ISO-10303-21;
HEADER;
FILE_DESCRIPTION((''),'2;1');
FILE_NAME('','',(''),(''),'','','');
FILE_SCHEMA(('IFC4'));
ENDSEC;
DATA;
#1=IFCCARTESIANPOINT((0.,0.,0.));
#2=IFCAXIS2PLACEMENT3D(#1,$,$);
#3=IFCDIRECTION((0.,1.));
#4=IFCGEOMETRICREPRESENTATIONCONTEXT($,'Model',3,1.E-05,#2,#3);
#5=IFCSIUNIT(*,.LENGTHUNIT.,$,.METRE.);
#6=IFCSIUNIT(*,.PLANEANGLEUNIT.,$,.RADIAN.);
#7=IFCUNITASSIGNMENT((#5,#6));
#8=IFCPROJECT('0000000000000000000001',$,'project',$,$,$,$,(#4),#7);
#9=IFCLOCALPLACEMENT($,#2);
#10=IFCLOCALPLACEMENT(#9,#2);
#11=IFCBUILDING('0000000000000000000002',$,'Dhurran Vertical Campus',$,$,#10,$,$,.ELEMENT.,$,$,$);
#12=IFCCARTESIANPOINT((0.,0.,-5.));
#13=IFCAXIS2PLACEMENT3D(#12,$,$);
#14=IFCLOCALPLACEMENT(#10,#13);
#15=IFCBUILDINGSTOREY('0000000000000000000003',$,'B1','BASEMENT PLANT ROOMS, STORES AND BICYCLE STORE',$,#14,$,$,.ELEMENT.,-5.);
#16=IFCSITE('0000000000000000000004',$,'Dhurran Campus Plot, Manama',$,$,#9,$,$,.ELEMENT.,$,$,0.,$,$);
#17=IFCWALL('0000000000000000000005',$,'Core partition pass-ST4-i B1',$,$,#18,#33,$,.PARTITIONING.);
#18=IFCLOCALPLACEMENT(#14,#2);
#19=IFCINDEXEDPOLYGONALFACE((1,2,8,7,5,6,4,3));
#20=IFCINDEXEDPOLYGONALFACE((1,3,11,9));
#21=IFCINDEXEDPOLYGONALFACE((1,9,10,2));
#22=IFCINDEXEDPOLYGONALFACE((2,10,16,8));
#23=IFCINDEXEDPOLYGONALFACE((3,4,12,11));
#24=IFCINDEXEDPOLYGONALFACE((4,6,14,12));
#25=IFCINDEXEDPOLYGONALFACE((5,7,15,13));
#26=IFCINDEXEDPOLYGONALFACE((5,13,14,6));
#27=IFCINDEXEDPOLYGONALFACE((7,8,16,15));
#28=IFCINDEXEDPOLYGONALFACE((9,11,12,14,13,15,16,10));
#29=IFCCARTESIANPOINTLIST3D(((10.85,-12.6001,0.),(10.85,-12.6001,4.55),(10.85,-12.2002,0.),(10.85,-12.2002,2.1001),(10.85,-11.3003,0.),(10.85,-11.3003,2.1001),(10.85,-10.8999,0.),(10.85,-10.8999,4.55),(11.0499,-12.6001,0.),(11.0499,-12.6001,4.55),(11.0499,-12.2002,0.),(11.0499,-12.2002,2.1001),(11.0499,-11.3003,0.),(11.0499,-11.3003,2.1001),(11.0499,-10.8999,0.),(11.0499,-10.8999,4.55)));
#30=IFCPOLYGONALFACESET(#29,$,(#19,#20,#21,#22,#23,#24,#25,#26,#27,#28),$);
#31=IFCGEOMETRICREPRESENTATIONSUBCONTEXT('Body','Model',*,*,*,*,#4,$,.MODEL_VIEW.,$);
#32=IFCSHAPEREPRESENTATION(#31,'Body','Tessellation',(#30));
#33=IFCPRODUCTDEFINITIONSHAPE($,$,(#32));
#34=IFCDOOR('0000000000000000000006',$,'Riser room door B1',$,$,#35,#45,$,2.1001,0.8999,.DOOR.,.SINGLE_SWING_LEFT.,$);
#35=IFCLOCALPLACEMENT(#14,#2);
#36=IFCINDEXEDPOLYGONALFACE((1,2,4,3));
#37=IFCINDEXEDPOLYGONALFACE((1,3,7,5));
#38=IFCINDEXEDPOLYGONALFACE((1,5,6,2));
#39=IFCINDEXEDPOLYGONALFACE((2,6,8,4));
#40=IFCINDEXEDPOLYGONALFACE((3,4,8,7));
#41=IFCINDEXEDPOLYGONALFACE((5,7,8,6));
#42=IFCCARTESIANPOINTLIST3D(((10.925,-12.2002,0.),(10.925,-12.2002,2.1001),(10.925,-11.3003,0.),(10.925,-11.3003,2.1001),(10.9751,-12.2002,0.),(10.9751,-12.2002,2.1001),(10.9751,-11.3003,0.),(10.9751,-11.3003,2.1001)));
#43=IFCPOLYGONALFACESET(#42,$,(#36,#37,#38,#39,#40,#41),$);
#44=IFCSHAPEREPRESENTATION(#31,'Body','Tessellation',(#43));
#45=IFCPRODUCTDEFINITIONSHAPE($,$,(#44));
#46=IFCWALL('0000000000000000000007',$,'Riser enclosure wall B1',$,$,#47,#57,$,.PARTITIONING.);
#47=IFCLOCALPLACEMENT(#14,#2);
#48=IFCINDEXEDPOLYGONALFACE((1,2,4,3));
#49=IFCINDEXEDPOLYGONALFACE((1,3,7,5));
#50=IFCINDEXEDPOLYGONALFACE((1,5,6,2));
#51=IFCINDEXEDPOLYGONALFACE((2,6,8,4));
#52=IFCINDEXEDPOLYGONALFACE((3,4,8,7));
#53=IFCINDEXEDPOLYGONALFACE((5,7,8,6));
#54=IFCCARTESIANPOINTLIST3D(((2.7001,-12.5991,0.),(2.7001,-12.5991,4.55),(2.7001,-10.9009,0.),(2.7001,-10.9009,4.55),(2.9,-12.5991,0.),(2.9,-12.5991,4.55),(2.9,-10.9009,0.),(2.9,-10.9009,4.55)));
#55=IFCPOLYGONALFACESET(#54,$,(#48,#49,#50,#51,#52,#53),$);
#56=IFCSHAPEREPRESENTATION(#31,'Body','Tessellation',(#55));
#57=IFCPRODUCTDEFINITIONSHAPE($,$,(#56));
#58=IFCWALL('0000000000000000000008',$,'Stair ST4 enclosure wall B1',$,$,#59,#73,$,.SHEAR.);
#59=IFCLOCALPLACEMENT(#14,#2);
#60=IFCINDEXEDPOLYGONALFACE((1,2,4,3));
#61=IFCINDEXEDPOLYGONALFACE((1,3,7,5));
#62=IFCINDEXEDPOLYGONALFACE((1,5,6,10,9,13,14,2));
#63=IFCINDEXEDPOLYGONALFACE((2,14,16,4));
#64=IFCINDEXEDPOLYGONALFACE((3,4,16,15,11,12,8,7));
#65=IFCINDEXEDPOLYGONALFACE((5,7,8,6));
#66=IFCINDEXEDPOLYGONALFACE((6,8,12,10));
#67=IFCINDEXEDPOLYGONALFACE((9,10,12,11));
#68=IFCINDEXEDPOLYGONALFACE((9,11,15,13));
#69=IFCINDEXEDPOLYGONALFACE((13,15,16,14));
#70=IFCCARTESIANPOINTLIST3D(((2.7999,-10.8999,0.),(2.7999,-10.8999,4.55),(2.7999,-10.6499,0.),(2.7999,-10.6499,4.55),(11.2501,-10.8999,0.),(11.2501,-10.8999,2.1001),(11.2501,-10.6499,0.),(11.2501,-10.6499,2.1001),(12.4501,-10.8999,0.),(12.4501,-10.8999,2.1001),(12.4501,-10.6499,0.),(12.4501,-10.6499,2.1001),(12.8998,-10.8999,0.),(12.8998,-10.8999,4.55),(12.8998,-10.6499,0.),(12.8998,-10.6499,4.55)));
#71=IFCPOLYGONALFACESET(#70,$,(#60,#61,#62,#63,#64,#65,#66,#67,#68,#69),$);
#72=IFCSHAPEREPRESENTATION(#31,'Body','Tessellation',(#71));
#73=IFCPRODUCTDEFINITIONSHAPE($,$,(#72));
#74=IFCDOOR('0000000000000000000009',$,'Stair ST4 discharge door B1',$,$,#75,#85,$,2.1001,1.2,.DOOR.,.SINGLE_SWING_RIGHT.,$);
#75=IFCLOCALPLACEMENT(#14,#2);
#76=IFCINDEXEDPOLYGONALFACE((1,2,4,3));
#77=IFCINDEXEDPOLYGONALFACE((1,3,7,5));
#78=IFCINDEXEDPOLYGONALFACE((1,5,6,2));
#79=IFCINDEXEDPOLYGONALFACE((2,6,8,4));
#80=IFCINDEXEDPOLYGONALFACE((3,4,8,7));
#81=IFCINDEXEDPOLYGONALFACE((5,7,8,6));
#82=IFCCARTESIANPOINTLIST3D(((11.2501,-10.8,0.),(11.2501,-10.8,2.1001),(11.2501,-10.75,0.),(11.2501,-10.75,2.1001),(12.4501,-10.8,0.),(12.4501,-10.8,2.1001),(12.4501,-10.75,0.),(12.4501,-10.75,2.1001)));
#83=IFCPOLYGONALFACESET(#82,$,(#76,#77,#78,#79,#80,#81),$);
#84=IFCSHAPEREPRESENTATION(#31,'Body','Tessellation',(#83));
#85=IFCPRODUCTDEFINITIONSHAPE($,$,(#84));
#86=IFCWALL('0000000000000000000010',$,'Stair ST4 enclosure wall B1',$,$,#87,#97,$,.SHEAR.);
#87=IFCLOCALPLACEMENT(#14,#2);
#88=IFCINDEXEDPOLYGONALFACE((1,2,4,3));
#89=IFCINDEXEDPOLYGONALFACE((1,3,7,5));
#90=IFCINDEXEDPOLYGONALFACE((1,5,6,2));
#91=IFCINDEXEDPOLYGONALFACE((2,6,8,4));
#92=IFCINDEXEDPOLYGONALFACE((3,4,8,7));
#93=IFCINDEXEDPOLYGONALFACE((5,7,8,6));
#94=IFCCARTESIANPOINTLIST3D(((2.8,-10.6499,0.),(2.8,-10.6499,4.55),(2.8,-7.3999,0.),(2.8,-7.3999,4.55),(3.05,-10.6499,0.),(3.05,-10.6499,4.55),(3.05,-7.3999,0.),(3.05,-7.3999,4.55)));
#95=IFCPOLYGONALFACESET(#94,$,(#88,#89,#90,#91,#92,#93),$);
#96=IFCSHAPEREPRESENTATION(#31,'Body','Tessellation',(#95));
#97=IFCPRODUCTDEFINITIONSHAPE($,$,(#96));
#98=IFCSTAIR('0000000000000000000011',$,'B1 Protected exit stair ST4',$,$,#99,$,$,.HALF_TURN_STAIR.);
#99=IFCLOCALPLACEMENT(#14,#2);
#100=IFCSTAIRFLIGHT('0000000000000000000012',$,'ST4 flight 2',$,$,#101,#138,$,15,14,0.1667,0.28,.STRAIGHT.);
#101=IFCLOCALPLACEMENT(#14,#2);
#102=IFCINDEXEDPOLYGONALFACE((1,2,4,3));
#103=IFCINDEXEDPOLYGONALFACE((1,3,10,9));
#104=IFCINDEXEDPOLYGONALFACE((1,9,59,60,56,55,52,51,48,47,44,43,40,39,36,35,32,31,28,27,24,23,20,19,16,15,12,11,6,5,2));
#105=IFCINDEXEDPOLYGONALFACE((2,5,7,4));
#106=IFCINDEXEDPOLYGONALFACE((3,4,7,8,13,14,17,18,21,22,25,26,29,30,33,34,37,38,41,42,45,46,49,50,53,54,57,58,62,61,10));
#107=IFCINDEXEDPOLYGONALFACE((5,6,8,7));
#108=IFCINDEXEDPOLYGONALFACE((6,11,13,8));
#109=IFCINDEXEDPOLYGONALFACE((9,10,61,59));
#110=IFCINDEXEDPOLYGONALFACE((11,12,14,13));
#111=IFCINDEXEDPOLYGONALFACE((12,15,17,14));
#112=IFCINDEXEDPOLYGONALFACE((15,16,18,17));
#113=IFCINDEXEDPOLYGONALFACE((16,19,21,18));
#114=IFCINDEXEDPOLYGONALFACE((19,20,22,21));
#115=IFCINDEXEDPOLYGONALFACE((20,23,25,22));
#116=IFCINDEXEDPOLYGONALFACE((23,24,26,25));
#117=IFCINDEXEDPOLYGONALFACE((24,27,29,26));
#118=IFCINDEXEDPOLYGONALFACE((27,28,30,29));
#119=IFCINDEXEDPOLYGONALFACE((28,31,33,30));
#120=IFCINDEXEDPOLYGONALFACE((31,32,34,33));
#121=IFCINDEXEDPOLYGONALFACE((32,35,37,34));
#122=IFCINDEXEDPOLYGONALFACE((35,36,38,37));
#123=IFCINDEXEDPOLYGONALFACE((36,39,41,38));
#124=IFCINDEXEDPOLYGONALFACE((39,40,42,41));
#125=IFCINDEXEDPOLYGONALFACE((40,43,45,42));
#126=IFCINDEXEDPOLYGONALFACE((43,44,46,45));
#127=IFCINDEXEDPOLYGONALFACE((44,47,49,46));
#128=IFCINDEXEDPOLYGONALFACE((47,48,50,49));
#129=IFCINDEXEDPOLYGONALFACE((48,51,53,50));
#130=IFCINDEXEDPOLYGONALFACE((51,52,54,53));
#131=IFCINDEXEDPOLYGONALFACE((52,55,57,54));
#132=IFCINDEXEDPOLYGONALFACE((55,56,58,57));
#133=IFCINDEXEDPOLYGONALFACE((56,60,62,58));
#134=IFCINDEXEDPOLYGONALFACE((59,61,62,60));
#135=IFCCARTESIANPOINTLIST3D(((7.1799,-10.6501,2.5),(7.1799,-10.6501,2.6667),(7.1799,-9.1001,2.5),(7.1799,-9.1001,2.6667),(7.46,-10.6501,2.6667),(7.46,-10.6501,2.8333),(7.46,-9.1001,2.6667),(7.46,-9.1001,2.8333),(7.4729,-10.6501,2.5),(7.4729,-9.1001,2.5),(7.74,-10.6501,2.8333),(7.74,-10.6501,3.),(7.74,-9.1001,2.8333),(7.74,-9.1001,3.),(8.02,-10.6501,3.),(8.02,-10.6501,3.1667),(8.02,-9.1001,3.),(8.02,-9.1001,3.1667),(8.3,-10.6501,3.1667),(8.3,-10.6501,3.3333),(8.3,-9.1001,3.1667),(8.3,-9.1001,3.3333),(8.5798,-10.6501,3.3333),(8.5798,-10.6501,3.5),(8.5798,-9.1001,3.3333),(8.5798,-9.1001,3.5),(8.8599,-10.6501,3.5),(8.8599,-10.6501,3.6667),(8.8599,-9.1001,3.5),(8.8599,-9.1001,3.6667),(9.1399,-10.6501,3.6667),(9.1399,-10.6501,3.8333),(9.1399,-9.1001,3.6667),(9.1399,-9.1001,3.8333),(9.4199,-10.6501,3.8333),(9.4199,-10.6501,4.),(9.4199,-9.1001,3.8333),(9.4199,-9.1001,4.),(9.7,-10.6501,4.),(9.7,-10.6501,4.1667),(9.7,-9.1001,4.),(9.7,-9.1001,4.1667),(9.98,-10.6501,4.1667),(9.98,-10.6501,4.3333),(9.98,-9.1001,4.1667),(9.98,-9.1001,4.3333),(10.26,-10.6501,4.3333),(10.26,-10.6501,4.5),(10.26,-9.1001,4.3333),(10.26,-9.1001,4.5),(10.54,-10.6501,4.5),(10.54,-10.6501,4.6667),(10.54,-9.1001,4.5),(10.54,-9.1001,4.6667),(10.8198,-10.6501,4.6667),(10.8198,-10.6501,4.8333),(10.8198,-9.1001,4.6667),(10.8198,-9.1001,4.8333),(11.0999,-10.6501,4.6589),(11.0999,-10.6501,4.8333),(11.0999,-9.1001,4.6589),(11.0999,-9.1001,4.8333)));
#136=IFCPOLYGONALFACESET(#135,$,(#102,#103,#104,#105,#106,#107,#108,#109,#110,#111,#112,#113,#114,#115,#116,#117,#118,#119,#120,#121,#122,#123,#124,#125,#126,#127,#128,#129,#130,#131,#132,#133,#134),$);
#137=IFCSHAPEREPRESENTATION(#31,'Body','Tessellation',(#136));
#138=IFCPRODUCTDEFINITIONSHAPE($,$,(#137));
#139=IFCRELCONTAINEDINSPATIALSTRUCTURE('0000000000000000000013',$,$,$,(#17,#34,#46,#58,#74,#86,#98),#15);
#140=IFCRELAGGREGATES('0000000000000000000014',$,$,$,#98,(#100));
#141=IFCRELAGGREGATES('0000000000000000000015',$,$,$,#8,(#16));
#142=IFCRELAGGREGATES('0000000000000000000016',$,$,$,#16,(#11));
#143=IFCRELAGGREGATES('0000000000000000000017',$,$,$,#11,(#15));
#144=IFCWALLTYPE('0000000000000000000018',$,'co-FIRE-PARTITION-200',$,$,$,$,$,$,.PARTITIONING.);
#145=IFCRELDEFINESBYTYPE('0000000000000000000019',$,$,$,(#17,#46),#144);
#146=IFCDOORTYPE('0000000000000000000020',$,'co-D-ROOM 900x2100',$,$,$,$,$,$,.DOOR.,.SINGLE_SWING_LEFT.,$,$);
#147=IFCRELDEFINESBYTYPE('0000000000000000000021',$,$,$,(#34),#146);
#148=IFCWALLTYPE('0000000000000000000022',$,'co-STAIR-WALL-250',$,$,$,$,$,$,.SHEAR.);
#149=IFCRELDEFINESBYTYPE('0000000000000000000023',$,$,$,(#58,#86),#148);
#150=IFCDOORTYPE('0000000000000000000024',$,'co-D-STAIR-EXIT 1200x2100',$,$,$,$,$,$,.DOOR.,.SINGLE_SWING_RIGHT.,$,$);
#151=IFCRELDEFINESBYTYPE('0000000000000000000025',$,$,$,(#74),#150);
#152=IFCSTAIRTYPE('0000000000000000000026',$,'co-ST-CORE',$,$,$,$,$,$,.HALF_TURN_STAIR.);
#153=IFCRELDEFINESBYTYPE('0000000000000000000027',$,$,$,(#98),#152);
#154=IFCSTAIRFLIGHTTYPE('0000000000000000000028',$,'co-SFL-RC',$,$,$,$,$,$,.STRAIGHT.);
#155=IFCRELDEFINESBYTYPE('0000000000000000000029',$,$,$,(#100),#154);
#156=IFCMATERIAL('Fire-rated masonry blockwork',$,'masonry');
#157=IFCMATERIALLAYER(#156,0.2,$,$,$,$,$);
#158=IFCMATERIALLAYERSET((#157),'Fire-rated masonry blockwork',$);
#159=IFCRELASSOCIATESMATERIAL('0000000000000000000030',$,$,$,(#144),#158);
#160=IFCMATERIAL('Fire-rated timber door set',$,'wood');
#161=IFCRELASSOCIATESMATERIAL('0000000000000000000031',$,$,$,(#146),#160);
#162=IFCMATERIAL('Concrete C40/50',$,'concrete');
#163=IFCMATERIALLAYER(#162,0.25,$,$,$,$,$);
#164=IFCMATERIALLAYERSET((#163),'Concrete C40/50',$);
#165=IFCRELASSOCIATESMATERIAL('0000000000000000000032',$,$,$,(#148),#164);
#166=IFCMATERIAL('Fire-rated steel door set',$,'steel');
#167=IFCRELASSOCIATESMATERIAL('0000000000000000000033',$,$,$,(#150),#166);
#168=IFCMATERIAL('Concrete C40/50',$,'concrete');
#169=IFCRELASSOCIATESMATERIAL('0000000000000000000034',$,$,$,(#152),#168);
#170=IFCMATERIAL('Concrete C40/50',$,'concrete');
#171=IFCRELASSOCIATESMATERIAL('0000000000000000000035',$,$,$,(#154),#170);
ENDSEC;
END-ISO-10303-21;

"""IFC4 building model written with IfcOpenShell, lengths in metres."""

from ifc_helpers import new_model, si_unit, direction, frame, frame_2d, origin, place, context, subcontext, project, spatial, polyline, rectangle, outline, extrude, material, layer, layer_set, type_object, element, fill, aggregate, save


model = new_model("IFC4")

# Units and contexts
model_context = context("Model", 3, precision=1e-05, world=origin(), true_north=direction((0.0, 1.0)))
body_context = subcontext(model_context, "Body", "Model", "MODEL_VIEW")
ifc_project = project(units=[si_unit("LENGTHUNIT", "METRE"), si_unit("PLANEANGLEUNIT", "RADIAN")], contexts=[model_context])

# Site, building, storey
site_placement = place(None, origin())
site = spatial("IfcSite", under=ifc_project, at=site_placement, Name="Dhurran Campus Plot, Manama", CompositionType="ELEMENT", RefElevation=0.0)
building_placement = place(site_placement, origin())
building = spatial("IfcBuilding", under=site, at=building_placement, Name="Dhurran Vertical Campus", CompositionType="ELEMENT")
storey_placement = place(building_placement, frame((0.0, 0.0, -5.0)))
storey = spatial("IfcBuildingStorey", under=building, at=storey_placement, Name="B1", Description="BASEMENT PLANT ROOMS, STORES AND BICYCLE STORE", CompositionType="ELEMENT", Elevation=-5.0)

# Shared definitions
ifc_material_1 = material(Name="Fire-rated masonry blockwork", Category="masonry")
ifc_layer_1 = layer(ifc_material_1, 0.2)
ifc_layer_set_1 = layer_set([ifc_layer_1], Name="Fire-rated masonry blockwork")
wall_type_1 = type_object("IfcWallType", Name="co-FIRE-PARTITION-200", PredefinedType="PARTITIONING", material=ifc_layer_set_1)

# Shared definitions
ifc_material_2 = material(Name="Fire-rated timber door set", Category="wood")
door_type_1 = type_object("IfcDoorType", Name="co-D-ROOM 900x2100", OperationType="SINGLE_SWING_LEFT", PredefinedType="DOOR", material=ifc_material_2)

# Wall, opening, door
wall_1_placement = place(storey_placement, frame((10.95, -12.6001, 0.0), z_axis=(0.0, 0.0, 1.0), x_axis=(0.0, 1.0, 0.0)))
wall_1 = element("IfcWall", 1, at=wall_1_placement, inside=storey, type_object=wall_type_1, Name="Core partition pass-ST4-i B1", PredefinedType="PARTITIONING", context=body_context, shape_type="SweptSolid", body=[
    extrude(rectangle(XDim=1.7002, YDim=0.2, at=frame_2d((0.8501, 0.0))), origin(), (0.0, 0.0, 1.0), 4.55),
])
opening_1_placement = place(wall_1_placement, frame((0.3999, 0.0, 0.0)))
opening_1 = element("IfcOpeningElement", 2, at=opening_1_placement, cuts=wall_1, PredefinedType="OPENING", context=body_context, shape_type="SweptSolid", body=[
    extrude(rectangle(XDim=0.8999, YDim=2.1001, at=frame_2d((0.45, 1.05))), frame((0.0, 0.1099, 0.0), z_axis=(0.0, -1.0, 0.0), x_axis=(1.0, 0.0, 0.0)), (0.0, 0.0, 1.0), 0.22),
])
door_1_placement = place(opening_1_placement, origin())
door_1 = element("IfcDoor", 3, at=door_1_placement, inside=storey, type_object=door_type_1, Name="Riser room door B1", OperationType="SINGLE_SWING_LEFT", OverallHeight=2.1001, OverallWidth=0.8999, PredefinedType="DOOR", context=body_context, shape_type="SweptSolid", body=[
    extrude(rectangle(XDim=0.8999, YDim=2.1001, at=frame_2d((0.45, 1.05))), frame((0.0, 0.0249, 0.0), z_axis=(0.0, -1.0, 0.0), x_axis=(1.0, 0.0, 0.0)), (0.0, 0.0, 1.0), 0.05),
])
fill(opening_1, door_1)

# Wall
wall_2_placement = place(storey_placement, frame((2.8, -12.5991, 0.0), z_axis=(0.0, 0.0, 1.0), x_axis=(0.0, 1.0, 0.0)))
element("IfcWall", 4, at=wall_2_placement, inside=storey, type_object=wall_type_1, Name="Riser enclosure wall B1", PredefinedType="PARTITIONING", context=body_context, shape_type="SweptSolid", body=[
    extrude(rectangle(XDim=1.6982, YDim=0.2, at=frame_2d((0.8491, 0.0))), origin(), (0.0, 0.0, 1.0), 4.55),
])

# Wall, opening, door
ifc_material_3 = material(Name="Concrete C40/50", Category="concrete")
ifc_layer_2 = layer(ifc_material_3, 0.25)
ifc_layer_set_2 = layer_set([ifc_layer_2], Name="Concrete C40/50")
wall_type_2 = type_object("IfcWallType", Name="co-STAIR-WALL-250", PredefinedType="SHEAR", material=ifc_layer_set_2)
wall_3_placement = place(storey_placement, frame((2.8, -10.7749, 0.0), z_axis=(0.0, 0.0, 1.0), x_axis=(1.0, 0.0, 0.0)))
wall_3 = element("IfcWall", 5, at=wall_3_placement, inside=storey, type_object=wall_type_2, Name="Stair ST4 enclosure wall B1", PredefinedType="SHEAR", context=body_context, shape_type="SweptSolid", body=[
    extrude(rectangle(XDim=10.0999, YDim=0.25, at=frame_2d((5.0498, 0.0))), origin(), (0.0, 0.0, 1.0), 4.55),
])
opening_2_placement = place(wall_3_placement, frame((8.45, 0.0, 0.0)))
opening_2 = element("IfcOpeningElement", 6, at=opening_2_placement, cuts=wall_3, PredefinedType="OPENING", context=body_context, shape_type="SweptSolid", body=[
    extrude(rectangle(XDim=1.2, YDim=2.1001, at=frame_2d((0.6001, 1.05))), frame((0.0, 0.135, 0.0), z_axis=(0.0, -1.0, 0.0), x_axis=(1.0, 0.0, 0.0)), (0.0, 0.0, 1.0), 0.27),
])
ifc_material_4 = material(Name="Fire-rated steel door set", Category="steel")
door_type_2 = type_object("IfcDoorType", Name="co-D-STAIR-EXIT 1200x2100", OperationType="SINGLE_SWING_RIGHT", PredefinedType="DOOR", material=ifc_material_4)
door_2_placement = place(opening_2_placement, origin())
door_2 = element("IfcDoor", 7, at=door_2_placement, inside=storey, type_object=door_type_2, Name="Stair ST4 discharge door B1", OperationType="SINGLE_SWING_RIGHT", OverallHeight=2.1001, OverallWidth=1.2, PredefinedType="DOOR", context=body_context, shape_type="SweptSolid", body=[
    extrude(rectangle(XDim=1.2, YDim=2.1001, at=frame_2d((0.6001, 1.05))), frame((0.0, 0.0249, 0.0), z_axis=(0.0, -1.0, 0.0), x_axis=(1.0, 0.0, 0.0)), (0.0, 0.0, 1.0), 0.05),
])
fill(opening_2, door_2)

# Wall
wall_4_placement = place(storey_placement, frame((2.925, -10.6499, 0.0), z_axis=(0.0, 0.0, 1.0), x_axis=(0.0, 1.0, 0.0)))
element("IfcWall", 8, at=wall_4_placement, inside=storey, type_object=wall_type_2, Name="Stair ST4 enclosure wall B1", PredefinedType="SHEAR", context=body_context, shape_type="SweptSolid", body=[
    extrude(rectangle(XDim=3.25, YDim=0.25, at=frame_2d((1.625, 0.0))), origin(), (0.0, 0.0, 1.0), 4.55),
])

# Stair, stair flight
ifc_material_5 = material(Name="Concrete C40/50", Category="concrete")
stair_type = type_object("IfcStairType", Name="co-ST-CORE", PredefinedType="HALF_TURN_STAIR", material=ifc_material_5)
stair_placement = place(storey_placement, origin())
stair = element("IfcStair", 9, at=stair_placement, inside=storey, type_object=stair_type, Name="B1 Protected exit stair ST4", PredefinedType="HALF_TURN_STAIR")
ifc_material_6 = material(Name="Concrete C40/50", Category="concrete")
stair_flight_type = type_object("IfcStairFlightType", Name="co-SFL-RC", PredefinedType="STRAIGHT", material=ifc_material_6)
stair_flight_placement = place(storey_placement, frame((7.1799, -9.875, 2.5), z_axis=(0.0, 0.0, 1.0), x_axis=(1.0, 0.0, 0.0)))
stair_flight = element("IfcStairFlight", 10, at=stair_flight_placement, type_object=stair_flight_type, Name="ST4 flight 2", NumberOfRisers=15, NumberOfTreads=14, PredefinedType="STRAIGHT", RiserHeight=0.1667, TreadLength=0.28, context=body_context, shape_type="SweptSolid", body=[
    extrude(outline(polyline([(0.0, 0.0), (0.0, 0.1667), (0.28, 0.1667), (0.28, 0.3333), (0.5601, 0.3333), (0.5601, 0.5), (0.8401, 0.5), (0.8401, 0.6667), (1.1201, 0.6667), (1.1201, 0.8333), (1.3999, 0.8333), (1.3999, 1.0), (1.6799, 1.0), (1.6799, 1.1667), (1.96, 1.1667), (1.96, 1.3333), (2.24, 1.3333), (2.24, 1.5), (2.52, 1.5), (2.52, 1.6667), (2.8, 1.6667), (2.8, 1.8333), (3.0801, 1.8333), (3.0801, 2.0), (3.3601, 2.0), (3.3601, 2.1667), (3.6399, 2.1667), (3.6399, 2.3333), (3.9199, 2.3333), (3.9199, 2.5), (3.9199, 2.1589), (0.293, 0.0), (0.0, 0.0)])), frame((0.0, 0.7749, 0.0), z_axis=(0.0, -1.0, 0.0), x_axis=(1.0, 0.0, 0.0)), (0.0, 0.0, 1.0), 1.55),
])
aggregate(stair, [stair_flight])

save(model, "model.ifc")
